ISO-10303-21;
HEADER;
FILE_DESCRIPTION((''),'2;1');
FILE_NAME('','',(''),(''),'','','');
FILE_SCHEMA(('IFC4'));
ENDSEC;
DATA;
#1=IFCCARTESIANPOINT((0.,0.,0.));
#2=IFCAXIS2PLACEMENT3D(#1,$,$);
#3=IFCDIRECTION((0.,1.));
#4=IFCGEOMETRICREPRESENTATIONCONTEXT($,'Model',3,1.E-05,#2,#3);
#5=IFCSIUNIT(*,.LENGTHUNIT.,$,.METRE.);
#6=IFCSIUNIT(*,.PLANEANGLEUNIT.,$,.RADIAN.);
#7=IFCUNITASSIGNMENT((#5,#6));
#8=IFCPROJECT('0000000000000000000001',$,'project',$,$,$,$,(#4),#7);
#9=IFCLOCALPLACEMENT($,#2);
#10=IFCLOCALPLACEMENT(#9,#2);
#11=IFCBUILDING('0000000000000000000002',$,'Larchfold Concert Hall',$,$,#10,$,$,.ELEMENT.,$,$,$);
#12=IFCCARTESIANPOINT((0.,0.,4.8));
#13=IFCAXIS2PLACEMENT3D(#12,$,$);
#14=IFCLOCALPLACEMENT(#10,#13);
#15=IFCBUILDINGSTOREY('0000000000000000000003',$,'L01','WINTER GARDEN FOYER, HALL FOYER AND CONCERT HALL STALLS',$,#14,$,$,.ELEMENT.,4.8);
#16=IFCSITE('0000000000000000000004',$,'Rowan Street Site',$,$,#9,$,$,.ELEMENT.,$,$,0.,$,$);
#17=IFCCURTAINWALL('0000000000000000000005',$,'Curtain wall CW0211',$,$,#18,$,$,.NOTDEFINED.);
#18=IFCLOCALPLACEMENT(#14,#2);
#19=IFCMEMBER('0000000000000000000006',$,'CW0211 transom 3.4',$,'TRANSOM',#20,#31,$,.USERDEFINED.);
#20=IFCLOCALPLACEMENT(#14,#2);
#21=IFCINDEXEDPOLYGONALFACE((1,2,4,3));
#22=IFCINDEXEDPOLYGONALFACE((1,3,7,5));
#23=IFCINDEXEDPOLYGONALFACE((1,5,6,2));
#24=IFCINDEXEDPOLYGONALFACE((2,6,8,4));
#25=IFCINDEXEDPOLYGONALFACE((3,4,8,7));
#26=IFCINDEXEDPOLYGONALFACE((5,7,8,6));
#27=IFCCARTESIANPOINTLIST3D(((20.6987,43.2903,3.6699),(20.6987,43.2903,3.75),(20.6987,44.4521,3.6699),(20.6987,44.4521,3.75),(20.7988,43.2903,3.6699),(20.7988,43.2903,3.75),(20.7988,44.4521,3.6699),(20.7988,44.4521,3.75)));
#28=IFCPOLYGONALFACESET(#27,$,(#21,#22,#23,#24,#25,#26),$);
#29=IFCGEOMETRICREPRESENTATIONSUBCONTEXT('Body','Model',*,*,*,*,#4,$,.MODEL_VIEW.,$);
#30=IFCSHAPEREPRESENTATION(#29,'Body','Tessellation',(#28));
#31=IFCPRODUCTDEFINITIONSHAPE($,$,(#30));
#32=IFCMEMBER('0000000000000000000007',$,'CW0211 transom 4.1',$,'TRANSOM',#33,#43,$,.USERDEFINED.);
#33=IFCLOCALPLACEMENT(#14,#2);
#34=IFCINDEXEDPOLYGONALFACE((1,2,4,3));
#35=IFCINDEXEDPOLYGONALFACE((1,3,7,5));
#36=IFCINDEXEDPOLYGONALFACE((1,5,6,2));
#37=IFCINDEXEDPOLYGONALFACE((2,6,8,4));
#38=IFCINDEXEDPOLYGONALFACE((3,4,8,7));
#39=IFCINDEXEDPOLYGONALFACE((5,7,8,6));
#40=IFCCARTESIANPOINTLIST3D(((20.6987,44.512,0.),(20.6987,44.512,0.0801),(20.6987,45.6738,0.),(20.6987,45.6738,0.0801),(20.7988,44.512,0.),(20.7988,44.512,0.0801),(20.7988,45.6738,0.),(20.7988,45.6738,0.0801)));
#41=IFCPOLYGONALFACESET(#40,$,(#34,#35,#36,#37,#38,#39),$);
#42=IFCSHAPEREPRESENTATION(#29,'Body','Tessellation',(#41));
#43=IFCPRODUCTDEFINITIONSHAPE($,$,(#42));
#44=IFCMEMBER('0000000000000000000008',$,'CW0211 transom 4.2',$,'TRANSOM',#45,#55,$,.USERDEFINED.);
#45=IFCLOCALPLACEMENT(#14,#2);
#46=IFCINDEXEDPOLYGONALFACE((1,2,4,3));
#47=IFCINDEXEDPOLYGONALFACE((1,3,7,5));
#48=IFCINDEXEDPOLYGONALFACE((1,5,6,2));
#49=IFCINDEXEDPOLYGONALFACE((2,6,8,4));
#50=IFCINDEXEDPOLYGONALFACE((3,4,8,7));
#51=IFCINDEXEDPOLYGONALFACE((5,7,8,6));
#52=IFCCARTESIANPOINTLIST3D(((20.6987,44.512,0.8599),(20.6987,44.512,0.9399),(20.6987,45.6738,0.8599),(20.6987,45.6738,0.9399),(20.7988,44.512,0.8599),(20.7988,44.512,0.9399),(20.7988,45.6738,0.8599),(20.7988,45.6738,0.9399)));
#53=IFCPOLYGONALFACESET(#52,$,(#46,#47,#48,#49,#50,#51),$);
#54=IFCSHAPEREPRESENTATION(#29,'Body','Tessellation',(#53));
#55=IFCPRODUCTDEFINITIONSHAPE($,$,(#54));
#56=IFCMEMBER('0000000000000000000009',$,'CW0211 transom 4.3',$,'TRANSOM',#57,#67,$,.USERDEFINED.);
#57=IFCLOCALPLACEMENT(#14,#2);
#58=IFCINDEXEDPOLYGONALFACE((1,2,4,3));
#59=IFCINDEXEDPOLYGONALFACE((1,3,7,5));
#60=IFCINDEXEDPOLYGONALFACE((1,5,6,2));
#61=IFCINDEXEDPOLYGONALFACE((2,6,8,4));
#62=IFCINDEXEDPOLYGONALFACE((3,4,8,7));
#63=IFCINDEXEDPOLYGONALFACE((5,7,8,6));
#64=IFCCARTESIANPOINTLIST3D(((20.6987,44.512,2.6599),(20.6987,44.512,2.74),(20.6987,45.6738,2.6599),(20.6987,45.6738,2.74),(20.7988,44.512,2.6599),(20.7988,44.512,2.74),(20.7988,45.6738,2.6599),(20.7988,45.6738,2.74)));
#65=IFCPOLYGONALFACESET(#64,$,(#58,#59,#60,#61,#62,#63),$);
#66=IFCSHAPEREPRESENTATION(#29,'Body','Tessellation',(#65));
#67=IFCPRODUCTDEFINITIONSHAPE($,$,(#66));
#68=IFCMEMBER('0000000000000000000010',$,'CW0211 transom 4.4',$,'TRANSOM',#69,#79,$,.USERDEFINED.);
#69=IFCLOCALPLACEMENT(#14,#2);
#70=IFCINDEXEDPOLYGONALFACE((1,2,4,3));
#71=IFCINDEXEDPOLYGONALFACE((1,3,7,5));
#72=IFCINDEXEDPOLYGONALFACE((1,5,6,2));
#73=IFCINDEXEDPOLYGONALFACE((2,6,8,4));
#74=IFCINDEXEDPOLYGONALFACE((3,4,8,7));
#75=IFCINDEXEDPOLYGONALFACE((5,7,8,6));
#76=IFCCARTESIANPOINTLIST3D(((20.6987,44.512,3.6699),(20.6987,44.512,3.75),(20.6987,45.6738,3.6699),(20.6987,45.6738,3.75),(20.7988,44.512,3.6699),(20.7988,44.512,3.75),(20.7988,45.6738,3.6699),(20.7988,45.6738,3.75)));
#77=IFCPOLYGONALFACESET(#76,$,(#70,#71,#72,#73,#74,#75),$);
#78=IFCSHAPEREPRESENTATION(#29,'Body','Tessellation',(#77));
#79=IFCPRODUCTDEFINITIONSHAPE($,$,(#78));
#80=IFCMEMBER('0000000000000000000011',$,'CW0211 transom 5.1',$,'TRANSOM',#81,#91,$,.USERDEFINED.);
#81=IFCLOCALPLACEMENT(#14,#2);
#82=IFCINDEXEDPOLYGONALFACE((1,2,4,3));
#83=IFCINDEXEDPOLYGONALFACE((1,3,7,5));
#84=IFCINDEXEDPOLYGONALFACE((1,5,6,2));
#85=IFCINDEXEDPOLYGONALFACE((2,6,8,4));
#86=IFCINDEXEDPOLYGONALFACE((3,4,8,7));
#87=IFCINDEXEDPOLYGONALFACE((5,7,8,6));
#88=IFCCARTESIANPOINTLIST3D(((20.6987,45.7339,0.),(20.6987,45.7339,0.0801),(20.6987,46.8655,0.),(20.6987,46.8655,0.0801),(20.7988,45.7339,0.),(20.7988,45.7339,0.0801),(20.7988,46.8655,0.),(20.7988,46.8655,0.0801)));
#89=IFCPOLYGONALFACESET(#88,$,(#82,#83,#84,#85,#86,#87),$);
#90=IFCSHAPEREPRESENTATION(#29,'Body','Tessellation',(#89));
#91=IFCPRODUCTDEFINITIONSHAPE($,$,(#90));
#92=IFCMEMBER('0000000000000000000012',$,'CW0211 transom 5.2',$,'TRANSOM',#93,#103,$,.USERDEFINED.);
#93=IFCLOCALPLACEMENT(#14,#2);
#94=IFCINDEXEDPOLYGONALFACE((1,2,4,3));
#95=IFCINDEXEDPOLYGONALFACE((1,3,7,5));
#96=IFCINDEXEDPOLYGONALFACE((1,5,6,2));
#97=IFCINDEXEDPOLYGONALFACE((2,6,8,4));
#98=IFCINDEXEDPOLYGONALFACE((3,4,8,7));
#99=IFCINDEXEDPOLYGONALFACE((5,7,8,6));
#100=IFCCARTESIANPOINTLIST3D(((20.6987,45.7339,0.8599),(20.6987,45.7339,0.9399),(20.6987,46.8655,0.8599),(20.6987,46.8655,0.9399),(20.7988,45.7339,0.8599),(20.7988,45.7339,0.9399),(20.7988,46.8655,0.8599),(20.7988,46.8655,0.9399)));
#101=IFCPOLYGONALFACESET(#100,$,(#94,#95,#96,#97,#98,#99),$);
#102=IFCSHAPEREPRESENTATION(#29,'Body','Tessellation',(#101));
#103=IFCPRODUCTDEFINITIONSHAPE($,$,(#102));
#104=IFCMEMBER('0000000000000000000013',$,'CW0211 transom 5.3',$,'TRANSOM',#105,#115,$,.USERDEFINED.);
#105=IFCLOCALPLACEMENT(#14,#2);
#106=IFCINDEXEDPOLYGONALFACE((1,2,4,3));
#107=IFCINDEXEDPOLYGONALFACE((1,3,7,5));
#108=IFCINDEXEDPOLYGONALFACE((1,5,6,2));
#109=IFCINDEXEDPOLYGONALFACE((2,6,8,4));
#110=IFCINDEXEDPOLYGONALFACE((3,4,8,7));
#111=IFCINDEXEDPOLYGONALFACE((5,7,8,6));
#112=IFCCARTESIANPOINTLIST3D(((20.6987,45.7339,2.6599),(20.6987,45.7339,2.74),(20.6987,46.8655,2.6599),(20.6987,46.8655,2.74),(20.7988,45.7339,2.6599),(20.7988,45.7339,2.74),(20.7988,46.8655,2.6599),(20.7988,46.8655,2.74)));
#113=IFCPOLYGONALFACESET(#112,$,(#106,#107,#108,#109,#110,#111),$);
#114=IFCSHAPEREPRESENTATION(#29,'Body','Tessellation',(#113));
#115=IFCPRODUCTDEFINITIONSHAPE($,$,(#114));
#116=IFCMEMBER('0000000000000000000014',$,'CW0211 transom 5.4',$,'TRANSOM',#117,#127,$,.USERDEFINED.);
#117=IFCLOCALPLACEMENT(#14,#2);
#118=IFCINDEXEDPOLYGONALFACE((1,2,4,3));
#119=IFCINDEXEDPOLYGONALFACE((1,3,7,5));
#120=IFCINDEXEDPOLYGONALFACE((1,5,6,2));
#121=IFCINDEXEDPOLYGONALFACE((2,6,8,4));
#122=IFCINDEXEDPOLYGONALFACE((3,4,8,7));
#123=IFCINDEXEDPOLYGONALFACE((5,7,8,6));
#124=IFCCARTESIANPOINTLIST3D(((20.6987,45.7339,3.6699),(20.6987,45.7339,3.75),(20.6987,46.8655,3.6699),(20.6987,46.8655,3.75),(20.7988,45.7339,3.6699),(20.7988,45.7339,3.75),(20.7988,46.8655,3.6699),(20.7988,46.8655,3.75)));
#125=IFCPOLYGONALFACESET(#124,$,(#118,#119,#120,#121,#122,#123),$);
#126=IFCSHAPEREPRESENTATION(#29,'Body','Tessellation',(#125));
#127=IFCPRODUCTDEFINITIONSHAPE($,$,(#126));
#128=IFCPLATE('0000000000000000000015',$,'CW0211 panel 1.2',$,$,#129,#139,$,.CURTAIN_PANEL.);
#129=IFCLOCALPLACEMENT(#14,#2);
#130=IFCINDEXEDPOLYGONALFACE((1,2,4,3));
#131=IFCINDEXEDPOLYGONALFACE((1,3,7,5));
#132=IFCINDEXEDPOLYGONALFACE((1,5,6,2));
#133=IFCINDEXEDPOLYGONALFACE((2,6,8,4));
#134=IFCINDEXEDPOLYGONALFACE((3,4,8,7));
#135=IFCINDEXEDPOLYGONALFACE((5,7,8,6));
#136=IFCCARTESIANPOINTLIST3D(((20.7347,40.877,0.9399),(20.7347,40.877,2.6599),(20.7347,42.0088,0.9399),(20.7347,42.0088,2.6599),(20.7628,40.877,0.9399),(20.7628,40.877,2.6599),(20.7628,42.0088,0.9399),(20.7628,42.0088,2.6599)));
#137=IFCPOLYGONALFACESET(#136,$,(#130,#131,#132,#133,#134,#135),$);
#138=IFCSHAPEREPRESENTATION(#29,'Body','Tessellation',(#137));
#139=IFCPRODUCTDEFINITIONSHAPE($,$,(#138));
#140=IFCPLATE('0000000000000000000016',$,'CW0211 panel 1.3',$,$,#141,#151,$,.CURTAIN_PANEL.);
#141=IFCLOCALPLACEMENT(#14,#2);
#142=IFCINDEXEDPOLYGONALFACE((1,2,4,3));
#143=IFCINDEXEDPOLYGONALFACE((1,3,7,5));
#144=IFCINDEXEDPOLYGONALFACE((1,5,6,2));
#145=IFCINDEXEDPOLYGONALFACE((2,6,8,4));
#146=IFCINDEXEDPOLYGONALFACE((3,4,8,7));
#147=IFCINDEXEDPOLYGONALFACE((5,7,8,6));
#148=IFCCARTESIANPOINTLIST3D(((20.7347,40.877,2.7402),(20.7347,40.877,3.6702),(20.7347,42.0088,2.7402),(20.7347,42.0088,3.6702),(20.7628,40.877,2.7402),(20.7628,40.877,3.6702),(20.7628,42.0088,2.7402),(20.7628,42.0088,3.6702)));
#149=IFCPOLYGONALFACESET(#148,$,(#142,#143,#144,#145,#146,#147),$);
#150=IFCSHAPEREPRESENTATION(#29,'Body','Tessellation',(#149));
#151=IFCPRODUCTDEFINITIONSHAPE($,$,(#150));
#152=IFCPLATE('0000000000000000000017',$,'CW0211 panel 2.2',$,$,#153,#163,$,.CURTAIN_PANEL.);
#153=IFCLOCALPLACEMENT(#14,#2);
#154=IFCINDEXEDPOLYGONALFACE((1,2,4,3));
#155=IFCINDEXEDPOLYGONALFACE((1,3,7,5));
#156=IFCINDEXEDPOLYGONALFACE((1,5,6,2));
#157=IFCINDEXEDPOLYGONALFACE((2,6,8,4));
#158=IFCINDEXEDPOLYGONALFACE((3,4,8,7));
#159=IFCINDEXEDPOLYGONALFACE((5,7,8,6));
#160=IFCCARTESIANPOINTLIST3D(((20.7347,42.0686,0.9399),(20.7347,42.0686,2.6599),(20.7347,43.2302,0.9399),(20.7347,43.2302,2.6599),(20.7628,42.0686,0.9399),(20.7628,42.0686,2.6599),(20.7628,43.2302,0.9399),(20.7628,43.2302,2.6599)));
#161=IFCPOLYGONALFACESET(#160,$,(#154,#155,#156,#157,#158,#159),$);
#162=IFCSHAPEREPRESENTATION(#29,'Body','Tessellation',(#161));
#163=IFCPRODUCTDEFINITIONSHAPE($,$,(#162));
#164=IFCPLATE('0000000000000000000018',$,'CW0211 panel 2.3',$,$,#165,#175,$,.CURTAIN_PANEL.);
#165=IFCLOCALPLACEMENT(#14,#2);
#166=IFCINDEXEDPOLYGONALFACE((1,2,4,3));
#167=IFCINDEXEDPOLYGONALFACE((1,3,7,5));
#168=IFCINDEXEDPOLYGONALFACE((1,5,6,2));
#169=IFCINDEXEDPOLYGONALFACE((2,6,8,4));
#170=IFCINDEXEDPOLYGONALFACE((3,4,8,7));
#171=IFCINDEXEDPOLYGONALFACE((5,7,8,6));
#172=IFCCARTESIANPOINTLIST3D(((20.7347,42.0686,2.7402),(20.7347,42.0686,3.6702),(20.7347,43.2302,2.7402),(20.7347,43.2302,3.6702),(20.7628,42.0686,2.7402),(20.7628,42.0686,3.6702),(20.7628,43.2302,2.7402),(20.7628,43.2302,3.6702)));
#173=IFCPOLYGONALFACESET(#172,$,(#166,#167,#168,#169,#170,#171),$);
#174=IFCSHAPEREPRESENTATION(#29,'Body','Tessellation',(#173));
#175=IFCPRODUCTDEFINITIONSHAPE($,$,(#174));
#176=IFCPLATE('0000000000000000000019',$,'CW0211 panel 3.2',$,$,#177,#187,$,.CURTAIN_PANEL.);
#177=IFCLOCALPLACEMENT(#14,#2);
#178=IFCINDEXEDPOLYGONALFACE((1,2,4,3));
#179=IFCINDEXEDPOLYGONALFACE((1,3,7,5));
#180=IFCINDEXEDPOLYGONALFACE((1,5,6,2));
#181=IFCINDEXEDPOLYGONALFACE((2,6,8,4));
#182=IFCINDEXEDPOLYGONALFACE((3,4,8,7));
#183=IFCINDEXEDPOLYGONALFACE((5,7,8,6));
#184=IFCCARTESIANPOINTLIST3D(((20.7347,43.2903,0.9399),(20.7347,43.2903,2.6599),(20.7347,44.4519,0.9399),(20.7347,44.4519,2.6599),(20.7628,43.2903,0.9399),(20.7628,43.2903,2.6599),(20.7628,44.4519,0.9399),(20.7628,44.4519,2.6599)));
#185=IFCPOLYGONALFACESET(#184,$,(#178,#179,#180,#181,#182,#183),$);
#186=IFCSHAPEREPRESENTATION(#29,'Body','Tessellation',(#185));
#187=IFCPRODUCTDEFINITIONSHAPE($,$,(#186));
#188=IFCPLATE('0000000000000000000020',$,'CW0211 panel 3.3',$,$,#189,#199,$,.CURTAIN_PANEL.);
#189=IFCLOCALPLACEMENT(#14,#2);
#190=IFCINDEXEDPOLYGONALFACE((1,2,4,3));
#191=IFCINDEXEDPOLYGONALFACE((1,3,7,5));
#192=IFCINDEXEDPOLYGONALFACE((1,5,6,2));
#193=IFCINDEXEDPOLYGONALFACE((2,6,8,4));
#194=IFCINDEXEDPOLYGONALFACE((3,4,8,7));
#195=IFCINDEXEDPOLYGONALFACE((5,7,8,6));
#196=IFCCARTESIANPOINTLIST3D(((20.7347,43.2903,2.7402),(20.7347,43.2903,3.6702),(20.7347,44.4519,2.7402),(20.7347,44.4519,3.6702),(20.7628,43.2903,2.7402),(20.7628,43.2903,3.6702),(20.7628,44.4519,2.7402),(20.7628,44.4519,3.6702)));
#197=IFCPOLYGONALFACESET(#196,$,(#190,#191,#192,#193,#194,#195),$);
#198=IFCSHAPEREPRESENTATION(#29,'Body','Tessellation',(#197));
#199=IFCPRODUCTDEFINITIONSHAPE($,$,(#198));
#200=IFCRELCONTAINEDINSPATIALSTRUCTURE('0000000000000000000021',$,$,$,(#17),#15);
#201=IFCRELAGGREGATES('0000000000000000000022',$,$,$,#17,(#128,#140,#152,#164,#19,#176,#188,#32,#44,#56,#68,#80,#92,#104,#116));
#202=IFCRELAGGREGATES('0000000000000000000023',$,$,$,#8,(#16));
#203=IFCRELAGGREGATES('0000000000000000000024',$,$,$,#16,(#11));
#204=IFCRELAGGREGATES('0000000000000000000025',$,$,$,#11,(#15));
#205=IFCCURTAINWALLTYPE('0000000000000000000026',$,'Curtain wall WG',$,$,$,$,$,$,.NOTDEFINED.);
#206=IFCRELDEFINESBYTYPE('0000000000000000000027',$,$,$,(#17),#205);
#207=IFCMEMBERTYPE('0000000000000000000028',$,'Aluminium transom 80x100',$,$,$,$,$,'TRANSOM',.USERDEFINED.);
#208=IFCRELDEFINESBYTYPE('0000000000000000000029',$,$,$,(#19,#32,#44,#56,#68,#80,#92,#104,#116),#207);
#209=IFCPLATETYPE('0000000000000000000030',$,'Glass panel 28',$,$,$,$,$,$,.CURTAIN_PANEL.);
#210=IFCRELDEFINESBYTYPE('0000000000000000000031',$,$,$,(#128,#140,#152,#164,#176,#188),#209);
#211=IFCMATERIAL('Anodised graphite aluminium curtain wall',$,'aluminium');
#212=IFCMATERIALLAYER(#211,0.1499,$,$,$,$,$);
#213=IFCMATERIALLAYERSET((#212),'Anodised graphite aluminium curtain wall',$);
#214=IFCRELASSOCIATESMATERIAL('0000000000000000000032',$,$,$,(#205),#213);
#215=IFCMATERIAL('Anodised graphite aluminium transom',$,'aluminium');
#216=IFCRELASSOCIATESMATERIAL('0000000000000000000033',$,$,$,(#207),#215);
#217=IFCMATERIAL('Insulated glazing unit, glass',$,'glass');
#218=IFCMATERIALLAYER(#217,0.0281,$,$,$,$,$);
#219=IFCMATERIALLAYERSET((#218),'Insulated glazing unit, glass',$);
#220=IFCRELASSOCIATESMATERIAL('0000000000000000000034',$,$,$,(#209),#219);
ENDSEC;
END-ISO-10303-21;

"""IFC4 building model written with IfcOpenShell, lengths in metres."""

from ifc_helpers import new_model, si_unit, direction, frame, origin, origin_2d, place, context, subcontext, project, spatial, rectangle, extrude, material, layer, layer_set, material_profile, profile_set, type_object, element, aggregate, save


model = new_model("IFC4")

# Units and contexts
model_context = context("Model", 3, precision=1e-05, world=origin(), true_north=direction((0.0, 1.0)))
body_context = subcontext(model_context, "Body", "Model", "MODEL_VIEW")
ifc_project = project(units=[si_unit("LENGTHUNIT", "METRE"), si_unit("PLANEANGLEUNIT", "RADIAN")], contexts=[model_context])

# Site, building, storey
site_placement = place(None, origin())
site = spatial("IfcSite", under=ifc_project, at=site_placement, Name="Rowan Street Site", CompositionType="ELEMENT", RefElevation=0.0)
building_placement = place(site_placement, origin())
building = spatial("IfcBuilding", under=site, at=building_placement, Name="Larchfold Concert Hall", CompositionType="ELEMENT")
storey_placement = place(building_placement, frame((0.0, 0.0, 4.8)))
storey = spatial("IfcBuildingStorey", under=building, at=storey_placement, Name="L01", Description="WINTER GARDEN FOYER, HALL FOYER AND CONCERT HALL STALLS", CompositionType="ELEMENT", Elevation=4.8)

# Curtain wall, members, plates
ifc_material_1 = material(Name="Anodised graphite aluminium curtain wall", Category="aluminium")
ifc_layer_1 = layer(ifc_material_1, 0.1499)
ifc_layer_set_1 = layer_set([ifc_layer_1], Name="Anodised graphite aluminium curtain wall")
curtain_wall_type = type_object("IfcCurtainWallType", Name="Curtain wall WG", PredefinedType="NOTDEFINED", material=ifc_layer_set_1)
curtain_wall_placement = place(storey_placement, origin())
curtain_wall = element("IfcCurtainWall", 1, at=curtain_wall_placement, inside=storey, type_object=curtain_wall_type, Name="Curtain wall CW0211", PredefinedType="NOTDEFINED")
ifc_material_2 = material(Name="Anodised graphite aluminium transom", Category="aluminium")
ifc_material_profile_1 = material_profile(ifc_material_2, rectangle(XDim=0.1001, YDim=0.0801, at=origin_2d()))
ifc_profile_set_1 = profile_set([ifc_material_profile_1], Name="Anodised graphite aluminium transom")
member_type_1 = type_object("IfcMemberType", Name="Aluminium transom 80x100", ElementType="TRANSOM", PredefinedType="USERDEFINED", material=ifc_profile_set_1)
member_1_placement = place(storey_placement, frame((20.7488, 43.2903, 3.71), z_axis=(0.0, 1.0, 0.0), x_axis=(-1.0, 0.0, 0.0)))
member_1 = element("IfcMember", 2, at=member_1_placement, type_object=member_type_1, Name="CW0211 transom 3.4", ObjectType="TRANSOM", PredefinedType="USERDEFINED", context=body_context, shape_type="SweptSolid", body=[
    extrude(rectangle(XDim=0.1001, YDim=0.0801, at=origin_2d()), origin(), (0.0, 0.0, 1.0), 1.1619),
])
member_2_placement = place(storey_placement, frame((20.7488, 44.512, 0.04), z_axis=(0.0, 1.0, 0.0), x_axis=(-1.0, 0.0, 0.0)))
member_2 = element("IfcMember", 3, at=member_2_placement, type_object=member_type_1, Name="CW0211 transom 4.1", ObjectType="TRANSOM", PredefinedType="USERDEFINED", context=body_context, shape_type="SweptSolid", body=[
    extrude(rectangle(XDim=0.1001, YDim=0.0801, at=origin_2d()), origin(), (0.0, 0.0, 1.0), 1.1619),
])
member_3_placement = place(storey_placement, frame((20.7488, 44.512, 0.8999), z_axis=(0.0, 1.0, 0.0), x_axis=(-1.0, 0.0, 0.0)))
member_3 = element("IfcMember", 4, at=member_3_placement, type_object=member_type_1, Name="CW0211 transom 4.2", ObjectType="TRANSOM", PredefinedType="USERDEFINED", context=body_context, shape_type="SweptSolid", body=[
    extrude(rectangle(XDim=0.1001, YDim=0.0801, at=origin_2d()), origin(), (0.0, 0.0, 1.0), 1.1619),
])
member_4_placement = place(storey_placement, frame((20.7488, 44.512, 2.7), z_axis=(0.0, 1.0, 0.0), x_axis=(-1.0, 0.0, 0.0)))
member_4 = element("IfcMember", 5, at=member_4_placement, type_object=member_type_1, Name="CW0211 transom 4.3", ObjectType="TRANSOM", PredefinedType="USERDEFINED", context=body_context, shape_type="SweptSolid", body=[
    extrude(rectangle(XDim=0.1001, YDim=0.0801, at=origin_2d()), origin(), (0.0, 0.0, 1.0), 1.1619),
])
member_5_placement = place(storey_placement, frame((20.7488, 44.512, 3.71), z_axis=(0.0, 1.0, 0.0), x_axis=(-1.0, 0.0, 0.0)))
member_5 = element("IfcMember", 6, at=member_5_placement, type_object=member_type_1, Name="CW0211 transom 4.4", ObjectType="TRANSOM", PredefinedType="USERDEFINED", context=body_context, shape_type="SweptSolid", body=[
    extrude(rectangle(XDim=0.1001, YDim=0.0801, at=origin_2d()), origin(), (0.0, 0.0, 1.0), 1.1619),
])
member_6_placement = place(storey_placement, frame((20.7488, 45.7339, 0.04), z_axis=(0.0, 1.0, 0.0), x_axis=(-1.0, 0.0, 0.0)))
member_6 = element("IfcMember", 7, at=member_6_placement, type_object=member_type_1, Name="CW0211 transom 5.1", ObjectType="TRANSOM", PredefinedType="USERDEFINED", context=body_context, shape_type="SweptSolid", body=[
    extrude(rectangle(XDim=0.1001, YDim=0.0801, at=origin_2d()), origin(), (0.0, 0.0, 1.0), 1.1316),
])
member_7_placement = place(storey_placement, frame((20.7488, 45.7339, 0.8999), z_axis=(0.0, 1.0, 0.0), x_axis=(-1.0, 0.0, 0.0)))
member_7 = element("IfcMember", 8, at=member_7_placement, type_object=member_type_1, Name="CW0211 transom 5.2", ObjectType="TRANSOM", PredefinedType="USERDEFINED", context=body_context, shape_type="SweptSolid", body=[
    extrude(rectangle(XDim=0.1001, YDim=0.0801, at=origin_2d()), origin(), (0.0, 0.0, 1.0), 1.1316),
])
member_8_placement = place(storey_placement, frame((20.7488, 45.7339, 2.7), z_axis=(0.0, 1.0, 0.0), x_axis=(-1.0, 0.0, 0.0)))
member_8 = element("IfcMember", 9, at=member_8_placement, type_object=member_type_1, Name="CW0211 transom 5.3", ObjectType="TRANSOM", PredefinedType="USERDEFINED", context=body_context, shape_type="SweptSolid", body=[
    extrude(rectangle(XDim=0.1001, YDim=0.0801, at=origin_2d()), origin(), (0.0, 0.0, 1.0), 1.1316),
])
member_9_placement = place(storey_placement, frame((20.7488, 45.7339, 3.71), z_axis=(0.0, 1.0, 0.0), x_axis=(-1.0, 0.0, 0.0)))
member_9 = element("IfcMember", 10, at=member_9_placement, type_object=member_type_1, Name="CW0211 transom 5.4", ObjectType="TRANSOM", PredefinedType="USERDEFINED", context=body_context, shape_type="SweptSolid", body=[
    extrude(rectangle(XDim=0.1001, YDim=0.0801, at=origin_2d()), origin(), (0.0, 0.0, 1.0), 1.1316),
])
ifc_material_3 = material(Name="Insulated glazing unit, glass", Category="glass")
ifc_layer_2 = layer(ifc_material_3, 0.0281)
ifc_layer_set_2 = layer_set([ifc_layer_2], Name="Insulated glazing unit, glass")
plate_type_1 = type_object("IfcPlateType", Name="Glass panel 28", PredefinedType="CURTAIN_PANEL", material=ifc_layer_set_2)
plate_1_placement = place(storey_placement, frame((20.7488, 41.4429, 0.9399), z_axis=(0.0, 0.0, 1.0), x_axis=(0.0, 1.0, 0.0)))
plate_1 = element("IfcPlate", 11, at=plate_1_placement, type_object=plate_type_1, Name="CW0211 panel 1.2", PredefinedType="CURTAIN_PANEL", context=body_context, shape_type="SweptSolid", body=[
    extrude(rectangle(XDim=1.1318, YDim=0.0281, at=origin_2d()), origin(), (0.0, 0.0, 1.0), 1.72),
])
plate_2_placement = place(storey_placement, frame((20.7488, 41.4429, 2.7402), z_axis=(0.0, 0.0, 1.0), x_axis=(0.0, 1.0, 0.0)))
plate_2 = element("IfcPlate", 12, at=plate_2_placement, type_object=plate_type_1, Name="CW0211 panel 1.3", PredefinedType="CURTAIN_PANEL", context=body_context, shape_type="SweptSolid", body=[
    extrude(rectangle(XDim=1.1318, YDim=0.0281, at=origin_2d()), origin(), (0.0, 0.0, 1.0), 0.9299),
])
plate_3_placement = place(storey_placement, frame((20.7488, 42.6494, 0.9399), z_axis=(0.0, 0.0, 1.0), x_axis=(0.0, 1.0, 0.0)))
plate_3 = element("IfcPlate", 13, at=plate_3_placement, type_object=plate_type_1, Name="CW0211 panel 2.2", PredefinedType="CURTAIN_PANEL", context=body_context, shape_type="SweptSolid", body=[
    extrude(rectangle(XDim=1.1616, YDim=0.0281, at=origin_2d()), origin(), (0.0, 0.0, 1.0), 1.72),
])
plate_4_placement = place(storey_placement, frame((20.7488, 42.6494, 2.7402), z_axis=(0.0, 0.0, 1.0), x_axis=(0.0, 1.0, 0.0)))
plate_4 = element("IfcPlate", 14, at=plate_4_placement, type_object=plate_type_1, Name="CW0211 panel 2.3", PredefinedType="CURTAIN_PANEL", context=body_context, shape_type="SweptSolid", body=[
    extrude(rectangle(XDim=1.1616, YDim=0.0281, at=origin_2d()), origin(), (0.0, 0.0, 1.0), 0.9299),
])
plate_5_placement = place(storey_placement, frame((20.7488, 43.8711, 0.9399), z_axis=(0.0, 0.0, 1.0), x_axis=(0.0, 1.0, 0.0)))
plate_5 = element("IfcPlate", 15, at=plate_5_placement, type_object=plate_type_1, Name="CW0211 panel 3.2", PredefinedType="CURTAIN_PANEL", context=body_context, shape_type="SweptSolid", body=[
    extrude(rectangle(XDim=1.1616, YDim=0.0281, at=origin_2d()), origin(), (0.0, 0.0, 1.0), 1.72),
])
plate_6_placement = place(storey_placement, frame((20.7488, 43.8711, 2.7402), z_axis=(0.0, 0.0, 1.0), x_axis=(0.0, 1.0, 0.0)))
plate_6 = element("IfcPlate", 16, at=plate_6_placement, type_object=plate_type_1, Name="CW0211 panel 3.3", PredefinedType="CURTAIN_PANEL", context=body_context, shape_type="SweptSolid", body=[
    extrude(rectangle(XDim=1.1616, YDim=0.0281, at=origin_2d()), origin(), (0.0, 0.0, 1.0), 0.9299),
])
aggregate(curtain_wall, [plate_1, plate_2, plate_3, plate_4, member_1, plate_5, plate_6, member_2, member_3, member_4, member_5, member_6, member_7, member_8, member_9])

save(model, "model.ifc")
